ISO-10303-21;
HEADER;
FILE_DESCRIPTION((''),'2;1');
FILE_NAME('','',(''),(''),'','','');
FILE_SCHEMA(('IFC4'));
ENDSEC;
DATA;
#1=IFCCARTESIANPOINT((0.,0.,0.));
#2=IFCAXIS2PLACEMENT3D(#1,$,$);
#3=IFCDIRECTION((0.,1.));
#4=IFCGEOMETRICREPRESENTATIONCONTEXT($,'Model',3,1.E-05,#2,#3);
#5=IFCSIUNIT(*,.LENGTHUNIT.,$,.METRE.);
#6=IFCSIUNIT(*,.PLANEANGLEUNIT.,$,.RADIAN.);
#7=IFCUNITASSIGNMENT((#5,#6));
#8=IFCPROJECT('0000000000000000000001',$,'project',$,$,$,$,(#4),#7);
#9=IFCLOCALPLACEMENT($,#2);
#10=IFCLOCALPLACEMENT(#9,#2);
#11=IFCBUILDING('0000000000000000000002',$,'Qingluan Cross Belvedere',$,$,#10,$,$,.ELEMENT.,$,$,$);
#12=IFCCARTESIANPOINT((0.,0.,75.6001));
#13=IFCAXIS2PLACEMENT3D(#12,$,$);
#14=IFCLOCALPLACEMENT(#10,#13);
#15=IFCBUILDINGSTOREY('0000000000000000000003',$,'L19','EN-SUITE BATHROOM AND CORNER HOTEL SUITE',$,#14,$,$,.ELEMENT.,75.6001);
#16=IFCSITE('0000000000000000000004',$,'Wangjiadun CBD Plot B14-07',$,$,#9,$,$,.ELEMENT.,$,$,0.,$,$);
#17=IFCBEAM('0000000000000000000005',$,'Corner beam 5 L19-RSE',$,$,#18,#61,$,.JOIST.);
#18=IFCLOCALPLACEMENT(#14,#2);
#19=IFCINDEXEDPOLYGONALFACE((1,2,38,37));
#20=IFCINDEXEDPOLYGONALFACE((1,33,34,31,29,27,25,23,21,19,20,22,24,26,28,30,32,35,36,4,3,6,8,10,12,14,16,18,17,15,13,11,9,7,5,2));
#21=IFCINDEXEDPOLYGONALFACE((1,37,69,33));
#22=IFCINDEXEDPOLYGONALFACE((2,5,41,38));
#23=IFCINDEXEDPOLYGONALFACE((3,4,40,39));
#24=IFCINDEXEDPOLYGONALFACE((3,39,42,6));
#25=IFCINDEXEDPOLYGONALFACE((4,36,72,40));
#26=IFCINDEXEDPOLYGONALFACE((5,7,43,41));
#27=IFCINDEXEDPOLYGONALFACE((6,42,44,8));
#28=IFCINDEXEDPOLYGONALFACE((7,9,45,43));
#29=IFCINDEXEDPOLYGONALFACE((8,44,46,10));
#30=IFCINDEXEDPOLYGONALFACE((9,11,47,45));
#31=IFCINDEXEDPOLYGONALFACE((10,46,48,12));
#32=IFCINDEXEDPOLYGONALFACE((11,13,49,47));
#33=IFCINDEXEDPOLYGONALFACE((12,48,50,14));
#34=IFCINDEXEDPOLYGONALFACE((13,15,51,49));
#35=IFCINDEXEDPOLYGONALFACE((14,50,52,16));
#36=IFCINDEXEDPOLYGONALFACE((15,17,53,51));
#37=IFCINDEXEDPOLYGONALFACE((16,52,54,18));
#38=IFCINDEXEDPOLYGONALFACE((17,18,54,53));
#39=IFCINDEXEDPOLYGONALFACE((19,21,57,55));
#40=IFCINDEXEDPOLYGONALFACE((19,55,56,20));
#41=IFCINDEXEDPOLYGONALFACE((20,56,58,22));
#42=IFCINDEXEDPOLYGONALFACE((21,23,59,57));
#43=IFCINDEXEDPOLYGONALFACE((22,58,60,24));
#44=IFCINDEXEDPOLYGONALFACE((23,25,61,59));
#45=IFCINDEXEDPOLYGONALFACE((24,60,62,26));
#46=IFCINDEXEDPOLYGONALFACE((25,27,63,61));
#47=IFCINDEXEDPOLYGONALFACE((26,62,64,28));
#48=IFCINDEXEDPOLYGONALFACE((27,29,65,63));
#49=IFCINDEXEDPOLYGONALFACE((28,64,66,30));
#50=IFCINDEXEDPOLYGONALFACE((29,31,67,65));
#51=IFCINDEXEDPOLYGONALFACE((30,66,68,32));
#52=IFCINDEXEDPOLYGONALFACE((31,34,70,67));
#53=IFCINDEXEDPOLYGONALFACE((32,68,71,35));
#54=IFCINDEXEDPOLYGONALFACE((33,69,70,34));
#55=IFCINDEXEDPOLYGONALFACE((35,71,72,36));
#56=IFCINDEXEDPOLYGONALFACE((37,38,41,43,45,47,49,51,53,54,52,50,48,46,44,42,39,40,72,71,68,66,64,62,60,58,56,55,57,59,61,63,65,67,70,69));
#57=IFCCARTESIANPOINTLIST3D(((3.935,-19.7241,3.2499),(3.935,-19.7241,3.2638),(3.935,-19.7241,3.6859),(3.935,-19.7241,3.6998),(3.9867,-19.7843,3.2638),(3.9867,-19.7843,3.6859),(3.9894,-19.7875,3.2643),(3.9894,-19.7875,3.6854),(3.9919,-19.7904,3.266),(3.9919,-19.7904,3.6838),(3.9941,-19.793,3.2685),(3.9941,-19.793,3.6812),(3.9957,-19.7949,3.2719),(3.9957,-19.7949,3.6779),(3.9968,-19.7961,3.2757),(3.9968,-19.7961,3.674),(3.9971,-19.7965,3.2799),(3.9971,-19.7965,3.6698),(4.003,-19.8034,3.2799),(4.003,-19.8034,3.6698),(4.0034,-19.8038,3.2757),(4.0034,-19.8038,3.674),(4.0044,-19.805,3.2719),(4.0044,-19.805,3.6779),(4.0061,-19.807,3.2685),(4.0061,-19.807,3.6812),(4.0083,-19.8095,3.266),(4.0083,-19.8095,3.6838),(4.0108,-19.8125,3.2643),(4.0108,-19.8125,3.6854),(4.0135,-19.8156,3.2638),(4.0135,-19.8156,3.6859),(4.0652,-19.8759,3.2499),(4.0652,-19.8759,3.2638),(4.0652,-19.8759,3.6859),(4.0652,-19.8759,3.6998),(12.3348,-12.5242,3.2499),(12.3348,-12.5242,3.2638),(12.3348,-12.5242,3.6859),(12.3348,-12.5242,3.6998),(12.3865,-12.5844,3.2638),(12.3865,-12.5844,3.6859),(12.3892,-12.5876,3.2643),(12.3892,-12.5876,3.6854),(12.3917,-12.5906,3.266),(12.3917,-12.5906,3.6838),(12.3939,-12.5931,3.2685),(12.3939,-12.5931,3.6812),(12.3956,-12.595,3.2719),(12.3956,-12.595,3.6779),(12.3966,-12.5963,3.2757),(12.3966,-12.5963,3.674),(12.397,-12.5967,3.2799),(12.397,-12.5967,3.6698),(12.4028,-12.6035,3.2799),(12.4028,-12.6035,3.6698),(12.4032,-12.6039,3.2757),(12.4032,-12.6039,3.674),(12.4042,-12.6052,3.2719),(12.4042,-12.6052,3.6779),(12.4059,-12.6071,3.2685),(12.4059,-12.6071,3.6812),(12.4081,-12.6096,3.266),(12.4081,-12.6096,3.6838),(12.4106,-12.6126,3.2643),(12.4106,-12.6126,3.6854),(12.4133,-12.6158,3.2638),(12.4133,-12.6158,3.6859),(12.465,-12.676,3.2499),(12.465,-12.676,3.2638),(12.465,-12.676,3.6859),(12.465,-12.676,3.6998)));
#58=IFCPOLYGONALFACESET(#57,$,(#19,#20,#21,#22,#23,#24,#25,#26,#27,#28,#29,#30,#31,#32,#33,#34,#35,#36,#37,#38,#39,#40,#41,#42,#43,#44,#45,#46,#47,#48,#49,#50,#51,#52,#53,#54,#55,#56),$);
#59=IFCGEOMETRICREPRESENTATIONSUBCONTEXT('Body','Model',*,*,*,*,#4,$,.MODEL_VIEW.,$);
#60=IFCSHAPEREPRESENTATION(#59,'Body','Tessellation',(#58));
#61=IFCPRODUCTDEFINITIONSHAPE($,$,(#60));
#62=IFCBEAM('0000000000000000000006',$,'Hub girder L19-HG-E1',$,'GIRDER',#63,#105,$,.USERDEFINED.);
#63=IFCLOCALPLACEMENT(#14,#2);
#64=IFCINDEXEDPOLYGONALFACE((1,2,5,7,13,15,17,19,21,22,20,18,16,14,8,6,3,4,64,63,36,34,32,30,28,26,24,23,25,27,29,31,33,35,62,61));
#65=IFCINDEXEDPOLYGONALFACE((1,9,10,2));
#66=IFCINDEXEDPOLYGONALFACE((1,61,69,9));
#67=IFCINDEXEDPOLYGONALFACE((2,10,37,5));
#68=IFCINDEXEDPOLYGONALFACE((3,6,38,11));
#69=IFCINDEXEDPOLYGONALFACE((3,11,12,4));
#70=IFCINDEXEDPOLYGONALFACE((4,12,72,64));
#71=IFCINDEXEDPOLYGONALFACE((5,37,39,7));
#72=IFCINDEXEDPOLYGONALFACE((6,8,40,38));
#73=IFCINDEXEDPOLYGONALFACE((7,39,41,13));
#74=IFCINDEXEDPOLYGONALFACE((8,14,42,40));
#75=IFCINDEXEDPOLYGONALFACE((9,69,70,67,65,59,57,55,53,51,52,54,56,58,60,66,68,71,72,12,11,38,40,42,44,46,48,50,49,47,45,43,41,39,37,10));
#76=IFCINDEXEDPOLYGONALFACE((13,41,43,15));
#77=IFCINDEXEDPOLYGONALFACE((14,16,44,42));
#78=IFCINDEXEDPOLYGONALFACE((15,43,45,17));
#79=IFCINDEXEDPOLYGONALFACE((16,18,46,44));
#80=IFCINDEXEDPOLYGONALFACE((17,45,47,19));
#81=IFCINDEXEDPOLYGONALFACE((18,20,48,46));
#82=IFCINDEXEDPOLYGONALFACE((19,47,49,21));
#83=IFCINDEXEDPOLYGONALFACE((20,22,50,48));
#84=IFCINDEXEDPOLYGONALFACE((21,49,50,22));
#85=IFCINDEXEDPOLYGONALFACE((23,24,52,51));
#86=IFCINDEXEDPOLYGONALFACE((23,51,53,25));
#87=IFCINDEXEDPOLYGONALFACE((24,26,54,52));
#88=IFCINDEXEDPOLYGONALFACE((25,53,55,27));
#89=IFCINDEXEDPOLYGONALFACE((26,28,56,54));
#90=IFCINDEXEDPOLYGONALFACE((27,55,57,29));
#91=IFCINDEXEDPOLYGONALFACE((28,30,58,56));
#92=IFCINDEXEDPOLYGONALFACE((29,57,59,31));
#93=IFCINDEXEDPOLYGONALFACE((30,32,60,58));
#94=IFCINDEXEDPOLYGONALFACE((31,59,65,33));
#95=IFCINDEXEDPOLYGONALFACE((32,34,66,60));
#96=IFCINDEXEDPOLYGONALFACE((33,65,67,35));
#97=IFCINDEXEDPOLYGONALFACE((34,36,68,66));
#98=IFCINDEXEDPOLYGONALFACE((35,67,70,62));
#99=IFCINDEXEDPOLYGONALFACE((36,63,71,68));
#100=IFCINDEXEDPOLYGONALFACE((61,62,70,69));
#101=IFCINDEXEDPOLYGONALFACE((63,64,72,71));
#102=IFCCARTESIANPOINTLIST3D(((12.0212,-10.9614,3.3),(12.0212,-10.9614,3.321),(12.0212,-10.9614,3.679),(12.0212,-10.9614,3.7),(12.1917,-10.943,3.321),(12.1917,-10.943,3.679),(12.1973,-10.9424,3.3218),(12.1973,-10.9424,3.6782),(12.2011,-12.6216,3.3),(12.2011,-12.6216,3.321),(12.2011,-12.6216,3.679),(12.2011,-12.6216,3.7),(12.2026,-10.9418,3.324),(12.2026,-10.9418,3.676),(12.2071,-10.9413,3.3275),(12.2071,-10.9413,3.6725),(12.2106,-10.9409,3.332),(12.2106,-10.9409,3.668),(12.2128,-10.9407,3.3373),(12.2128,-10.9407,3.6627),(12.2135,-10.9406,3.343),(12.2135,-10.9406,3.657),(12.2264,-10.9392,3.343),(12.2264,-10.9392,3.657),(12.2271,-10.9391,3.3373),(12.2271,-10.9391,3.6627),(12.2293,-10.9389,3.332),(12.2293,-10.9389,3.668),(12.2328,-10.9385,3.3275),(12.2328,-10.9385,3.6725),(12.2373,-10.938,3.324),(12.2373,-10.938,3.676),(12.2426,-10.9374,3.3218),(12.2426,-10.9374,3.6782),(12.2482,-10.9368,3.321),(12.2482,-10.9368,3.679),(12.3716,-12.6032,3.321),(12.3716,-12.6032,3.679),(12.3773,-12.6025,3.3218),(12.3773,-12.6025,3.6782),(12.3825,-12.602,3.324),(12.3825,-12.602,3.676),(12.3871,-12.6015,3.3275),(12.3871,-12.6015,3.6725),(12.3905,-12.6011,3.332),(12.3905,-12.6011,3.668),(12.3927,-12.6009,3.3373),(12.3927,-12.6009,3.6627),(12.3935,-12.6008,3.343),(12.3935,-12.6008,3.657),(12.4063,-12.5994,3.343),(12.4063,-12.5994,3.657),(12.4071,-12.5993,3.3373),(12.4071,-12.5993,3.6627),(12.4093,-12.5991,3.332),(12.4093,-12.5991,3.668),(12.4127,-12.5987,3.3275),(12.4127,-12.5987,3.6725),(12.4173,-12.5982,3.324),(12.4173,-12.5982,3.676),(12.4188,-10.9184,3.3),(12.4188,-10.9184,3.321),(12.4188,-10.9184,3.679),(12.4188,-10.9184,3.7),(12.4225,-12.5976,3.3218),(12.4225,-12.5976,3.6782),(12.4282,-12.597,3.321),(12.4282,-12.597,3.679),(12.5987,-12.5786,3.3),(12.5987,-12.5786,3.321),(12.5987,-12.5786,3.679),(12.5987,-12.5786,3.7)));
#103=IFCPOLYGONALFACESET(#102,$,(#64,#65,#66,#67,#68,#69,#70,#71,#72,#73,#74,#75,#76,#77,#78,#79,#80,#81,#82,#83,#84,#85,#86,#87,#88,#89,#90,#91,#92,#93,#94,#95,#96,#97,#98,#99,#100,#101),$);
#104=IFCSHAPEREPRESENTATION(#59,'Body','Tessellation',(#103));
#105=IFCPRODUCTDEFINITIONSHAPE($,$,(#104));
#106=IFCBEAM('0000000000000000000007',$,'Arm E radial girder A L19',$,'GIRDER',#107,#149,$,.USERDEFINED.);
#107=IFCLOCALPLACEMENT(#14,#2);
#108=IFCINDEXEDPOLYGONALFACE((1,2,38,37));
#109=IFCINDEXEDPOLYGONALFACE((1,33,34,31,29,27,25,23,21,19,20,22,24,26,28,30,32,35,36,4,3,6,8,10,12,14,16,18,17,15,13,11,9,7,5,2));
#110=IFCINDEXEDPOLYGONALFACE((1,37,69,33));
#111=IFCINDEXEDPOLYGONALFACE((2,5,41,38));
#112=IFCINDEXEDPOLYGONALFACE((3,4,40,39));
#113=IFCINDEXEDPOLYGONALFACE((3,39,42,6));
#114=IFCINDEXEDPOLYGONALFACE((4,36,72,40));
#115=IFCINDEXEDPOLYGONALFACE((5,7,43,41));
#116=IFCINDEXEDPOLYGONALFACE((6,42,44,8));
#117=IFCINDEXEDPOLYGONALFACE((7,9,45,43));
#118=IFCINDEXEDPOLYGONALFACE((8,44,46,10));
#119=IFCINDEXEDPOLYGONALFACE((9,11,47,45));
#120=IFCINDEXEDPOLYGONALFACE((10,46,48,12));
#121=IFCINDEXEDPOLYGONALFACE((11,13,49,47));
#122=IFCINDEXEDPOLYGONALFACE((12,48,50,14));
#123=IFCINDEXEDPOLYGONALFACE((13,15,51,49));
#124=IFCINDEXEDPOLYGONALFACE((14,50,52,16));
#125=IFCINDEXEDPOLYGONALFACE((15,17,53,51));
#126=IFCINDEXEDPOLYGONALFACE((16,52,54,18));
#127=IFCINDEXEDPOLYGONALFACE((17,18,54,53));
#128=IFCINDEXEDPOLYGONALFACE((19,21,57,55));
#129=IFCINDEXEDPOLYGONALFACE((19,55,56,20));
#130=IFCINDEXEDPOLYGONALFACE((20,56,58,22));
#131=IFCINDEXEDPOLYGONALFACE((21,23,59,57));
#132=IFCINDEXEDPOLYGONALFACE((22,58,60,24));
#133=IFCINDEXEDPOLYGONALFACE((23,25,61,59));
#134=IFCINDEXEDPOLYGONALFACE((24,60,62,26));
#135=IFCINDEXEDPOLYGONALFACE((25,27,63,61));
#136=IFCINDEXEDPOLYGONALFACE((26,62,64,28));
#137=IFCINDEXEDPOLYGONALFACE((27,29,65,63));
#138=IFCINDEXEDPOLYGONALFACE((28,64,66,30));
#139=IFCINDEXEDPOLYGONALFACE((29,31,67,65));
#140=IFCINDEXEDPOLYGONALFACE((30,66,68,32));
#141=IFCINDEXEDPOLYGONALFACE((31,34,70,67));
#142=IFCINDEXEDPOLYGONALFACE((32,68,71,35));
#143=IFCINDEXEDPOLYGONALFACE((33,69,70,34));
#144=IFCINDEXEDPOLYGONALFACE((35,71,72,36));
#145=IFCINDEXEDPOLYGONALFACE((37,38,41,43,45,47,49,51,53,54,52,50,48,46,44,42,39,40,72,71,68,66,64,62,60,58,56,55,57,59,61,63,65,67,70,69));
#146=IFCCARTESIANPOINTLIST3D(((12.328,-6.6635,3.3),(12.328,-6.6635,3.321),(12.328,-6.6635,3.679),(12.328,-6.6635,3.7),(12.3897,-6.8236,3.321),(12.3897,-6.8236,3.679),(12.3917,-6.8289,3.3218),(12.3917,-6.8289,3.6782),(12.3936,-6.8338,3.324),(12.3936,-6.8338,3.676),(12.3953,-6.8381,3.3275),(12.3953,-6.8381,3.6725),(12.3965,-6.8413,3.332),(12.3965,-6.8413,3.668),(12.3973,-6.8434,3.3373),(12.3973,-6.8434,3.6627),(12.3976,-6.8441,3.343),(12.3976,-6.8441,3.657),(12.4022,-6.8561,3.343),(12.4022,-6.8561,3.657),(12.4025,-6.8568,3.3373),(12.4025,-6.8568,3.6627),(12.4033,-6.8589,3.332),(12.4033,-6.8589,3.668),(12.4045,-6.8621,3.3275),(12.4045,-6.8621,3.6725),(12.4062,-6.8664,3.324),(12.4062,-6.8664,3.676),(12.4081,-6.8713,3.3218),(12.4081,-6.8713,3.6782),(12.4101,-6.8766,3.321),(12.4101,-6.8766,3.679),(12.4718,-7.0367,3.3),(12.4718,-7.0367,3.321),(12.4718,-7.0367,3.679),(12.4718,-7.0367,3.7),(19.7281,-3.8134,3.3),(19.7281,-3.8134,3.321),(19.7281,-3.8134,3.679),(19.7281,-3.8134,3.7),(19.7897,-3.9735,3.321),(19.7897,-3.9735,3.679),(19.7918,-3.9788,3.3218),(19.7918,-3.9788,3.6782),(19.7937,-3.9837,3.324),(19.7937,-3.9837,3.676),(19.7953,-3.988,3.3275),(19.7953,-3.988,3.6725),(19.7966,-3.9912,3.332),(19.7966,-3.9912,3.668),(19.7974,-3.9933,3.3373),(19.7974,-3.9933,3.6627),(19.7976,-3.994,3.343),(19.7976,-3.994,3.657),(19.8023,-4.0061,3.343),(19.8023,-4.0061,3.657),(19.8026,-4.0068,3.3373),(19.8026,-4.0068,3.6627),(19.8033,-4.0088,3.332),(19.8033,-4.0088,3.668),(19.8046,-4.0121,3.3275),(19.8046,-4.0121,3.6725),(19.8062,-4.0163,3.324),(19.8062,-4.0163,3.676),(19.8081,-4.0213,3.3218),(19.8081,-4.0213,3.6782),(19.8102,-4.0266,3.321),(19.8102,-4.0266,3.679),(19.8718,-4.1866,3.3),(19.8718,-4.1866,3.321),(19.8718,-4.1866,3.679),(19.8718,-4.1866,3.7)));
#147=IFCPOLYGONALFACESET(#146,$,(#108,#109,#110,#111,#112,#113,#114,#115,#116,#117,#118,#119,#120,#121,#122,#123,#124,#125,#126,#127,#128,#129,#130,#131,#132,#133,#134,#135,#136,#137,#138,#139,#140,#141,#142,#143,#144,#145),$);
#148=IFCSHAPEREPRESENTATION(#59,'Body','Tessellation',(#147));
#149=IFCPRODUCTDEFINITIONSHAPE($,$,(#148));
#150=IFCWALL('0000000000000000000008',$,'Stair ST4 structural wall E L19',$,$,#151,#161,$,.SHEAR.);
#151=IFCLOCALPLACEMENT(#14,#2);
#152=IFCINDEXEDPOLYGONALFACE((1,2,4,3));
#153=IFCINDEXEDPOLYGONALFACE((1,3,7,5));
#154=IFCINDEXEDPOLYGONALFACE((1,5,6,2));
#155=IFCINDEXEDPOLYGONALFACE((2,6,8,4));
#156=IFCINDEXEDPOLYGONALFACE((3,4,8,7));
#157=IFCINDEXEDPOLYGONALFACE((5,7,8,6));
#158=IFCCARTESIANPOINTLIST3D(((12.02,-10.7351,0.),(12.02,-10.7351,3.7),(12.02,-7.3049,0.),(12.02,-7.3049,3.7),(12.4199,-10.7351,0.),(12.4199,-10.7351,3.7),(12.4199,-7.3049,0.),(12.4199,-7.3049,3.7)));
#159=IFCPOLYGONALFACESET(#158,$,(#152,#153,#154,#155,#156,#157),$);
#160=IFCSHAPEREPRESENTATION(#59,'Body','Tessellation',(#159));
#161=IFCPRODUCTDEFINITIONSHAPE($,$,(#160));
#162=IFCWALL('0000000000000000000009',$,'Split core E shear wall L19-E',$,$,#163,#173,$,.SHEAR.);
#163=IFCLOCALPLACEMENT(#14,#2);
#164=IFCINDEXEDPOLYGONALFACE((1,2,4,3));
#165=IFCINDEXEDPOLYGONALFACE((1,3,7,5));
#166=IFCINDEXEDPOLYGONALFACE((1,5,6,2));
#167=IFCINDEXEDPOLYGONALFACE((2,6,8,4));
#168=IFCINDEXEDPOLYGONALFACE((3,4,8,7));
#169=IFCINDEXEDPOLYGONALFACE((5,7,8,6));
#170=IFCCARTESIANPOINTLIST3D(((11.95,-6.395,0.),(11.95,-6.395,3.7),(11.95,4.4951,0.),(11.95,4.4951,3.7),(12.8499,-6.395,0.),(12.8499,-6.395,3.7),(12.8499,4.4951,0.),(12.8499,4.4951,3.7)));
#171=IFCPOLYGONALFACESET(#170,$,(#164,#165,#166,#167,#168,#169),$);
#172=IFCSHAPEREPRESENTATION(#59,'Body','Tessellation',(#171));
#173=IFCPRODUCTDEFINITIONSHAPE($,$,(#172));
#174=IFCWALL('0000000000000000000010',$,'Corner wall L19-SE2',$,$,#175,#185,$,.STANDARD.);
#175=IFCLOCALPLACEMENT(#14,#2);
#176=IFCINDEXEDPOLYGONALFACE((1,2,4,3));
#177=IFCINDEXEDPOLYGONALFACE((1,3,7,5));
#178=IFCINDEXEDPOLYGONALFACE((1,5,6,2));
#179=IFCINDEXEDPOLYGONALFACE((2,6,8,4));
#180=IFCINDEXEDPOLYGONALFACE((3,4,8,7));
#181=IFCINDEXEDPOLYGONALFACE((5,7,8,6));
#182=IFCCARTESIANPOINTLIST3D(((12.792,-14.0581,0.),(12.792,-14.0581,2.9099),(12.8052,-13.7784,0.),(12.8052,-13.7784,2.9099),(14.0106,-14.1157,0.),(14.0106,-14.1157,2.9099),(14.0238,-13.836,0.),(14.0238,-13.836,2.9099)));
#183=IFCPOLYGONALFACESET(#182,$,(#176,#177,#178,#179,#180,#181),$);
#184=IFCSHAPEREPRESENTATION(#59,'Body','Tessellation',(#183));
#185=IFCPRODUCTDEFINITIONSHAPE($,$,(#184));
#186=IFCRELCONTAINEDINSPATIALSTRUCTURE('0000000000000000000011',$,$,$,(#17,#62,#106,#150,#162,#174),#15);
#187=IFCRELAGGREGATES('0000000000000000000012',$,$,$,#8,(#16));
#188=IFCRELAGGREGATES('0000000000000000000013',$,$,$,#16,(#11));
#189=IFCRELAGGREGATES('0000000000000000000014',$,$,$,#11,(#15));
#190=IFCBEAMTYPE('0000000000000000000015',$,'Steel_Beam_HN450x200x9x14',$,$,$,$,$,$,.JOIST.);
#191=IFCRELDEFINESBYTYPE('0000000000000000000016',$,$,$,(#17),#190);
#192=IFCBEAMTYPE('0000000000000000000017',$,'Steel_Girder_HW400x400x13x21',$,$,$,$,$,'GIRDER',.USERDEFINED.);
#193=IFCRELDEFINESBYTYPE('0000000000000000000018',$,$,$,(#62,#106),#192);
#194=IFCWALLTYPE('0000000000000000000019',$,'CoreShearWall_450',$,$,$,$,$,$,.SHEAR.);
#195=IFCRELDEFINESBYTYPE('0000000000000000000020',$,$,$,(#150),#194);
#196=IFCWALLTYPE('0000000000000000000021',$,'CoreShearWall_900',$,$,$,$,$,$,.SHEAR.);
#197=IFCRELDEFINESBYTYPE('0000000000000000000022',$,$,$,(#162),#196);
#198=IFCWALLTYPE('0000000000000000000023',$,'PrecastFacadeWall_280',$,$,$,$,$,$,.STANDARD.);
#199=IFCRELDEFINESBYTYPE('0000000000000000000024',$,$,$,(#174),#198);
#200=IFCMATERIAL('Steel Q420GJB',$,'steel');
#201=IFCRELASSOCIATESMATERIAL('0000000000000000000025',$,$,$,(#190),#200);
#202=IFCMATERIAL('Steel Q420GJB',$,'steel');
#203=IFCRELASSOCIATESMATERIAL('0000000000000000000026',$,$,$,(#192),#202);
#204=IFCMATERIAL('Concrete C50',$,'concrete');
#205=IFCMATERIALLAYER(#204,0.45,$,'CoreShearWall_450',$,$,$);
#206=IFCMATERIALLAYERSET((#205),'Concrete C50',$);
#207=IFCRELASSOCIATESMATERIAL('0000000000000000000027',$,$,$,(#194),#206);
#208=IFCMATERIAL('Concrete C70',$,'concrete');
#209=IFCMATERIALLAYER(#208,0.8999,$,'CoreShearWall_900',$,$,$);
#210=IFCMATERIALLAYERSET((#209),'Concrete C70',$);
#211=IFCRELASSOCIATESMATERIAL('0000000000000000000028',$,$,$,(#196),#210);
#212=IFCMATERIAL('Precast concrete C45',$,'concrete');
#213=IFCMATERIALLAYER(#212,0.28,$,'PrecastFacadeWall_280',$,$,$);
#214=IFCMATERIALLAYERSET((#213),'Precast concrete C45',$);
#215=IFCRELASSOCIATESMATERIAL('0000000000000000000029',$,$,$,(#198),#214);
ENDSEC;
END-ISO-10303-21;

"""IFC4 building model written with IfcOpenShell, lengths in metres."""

from ifc_helpers import new_model, si_unit, direction, frame, frame_2d, origin, origin_2d, place, context, subcontext, project, spatial, rectangle, i_section, extrude, material, layer, layer_set, material_profile, profile_set, type_object, element, save


model = new_model("IFC4")

# Units and contexts
model_context = context("Model", 3, precision=1e-05, world=origin(), true_north=direction((0.0, 1.0)))
body_context = subcontext(model_context, "Body", "Model", "MODEL_VIEW")
ifc_project = project(units=[si_unit("LENGTHUNIT", "METRE"), si_unit("PLANEANGLEUNIT", "RADIAN")], contexts=[model_context])

# Site, building, storey
site_placement = place(None, origin())
site = spatial("IfcSite", under=ifc_project, at=site_placement, Name="Wangjiadun CBD Plot B14-07", CompositionType="ELEMENT", RefElevation=0.0)
building_placement = place(site_placement, origin())
building = spatial("IfcBuilding", under=site, at=building_placement, Name="Qingluan Cross Belvedere", CompositionType="ELEMENT")
storey_placement = place(building_placement, frame((0.0, 0.0, 75.6001)))
storey = spatial("IfcBuildingStorey", under=building, at=storey_placement, Name="L19", Description="EN-SUITE BATHROOM AND CORNER HOTEL SUITE", CompositionType="ELEMENT", Elevation=75.6001)

# Beams
ifc_material_1 = material(Name="Steel Q420GJB", Category="steel")
ifc_material_profile_1 = material_profile(ifc_material_1, i_section(OverallWidth=0.2, OverallDepth=0.45, WebThickness=0.009, FlangeThickness=0.0139, FilletRadius=0.0161, at=origin_2d()), Name="HN450x200x9x14")
ifc_profile_set_1 = profile_set([ifc_material_profile_1], Name="Steel Q420GJB")
beam_type_1 = type_object("IfcBeamType", Name="Steel_Beam_HN450x200x9x14", PredefinedType="JOIST", material=ifc_profile_set_1)
beam_1_placement = place(storey_placement, frame((12.3999, -12.6001, 3.4749), z_axis=(-0.759255, -0.650793, 0.0), x_axis=(0.650793, -0.759255, 0.0)))
element("IfcBeam", 1, at=beam_1_placement, inside=storey, type_object=beam_type_1, Name="Corner beam 5 L19-RSE", PredefinedType="JOIST", context=body_context, shape_type="SweptSolid", body=[
    extrude(i_section(OverallWidth=0.2, OverallDepth=0.45, WebThickness=0.009, FlangeThickness=0.0139, FilletRadius=0.0161, at=origin_2d()), origin(), (0.0, 0.0, 1.0), 11.0632),
])
ifc_material_2 = material(Name="Steel Q420GJB", Category="steel")
ifc_material_profile_2 = material_profile(ifc_material_2, i_section(OverallWidth=0.3999, OverallDepth=0.3999, WebThickness=0.0129, FlangeThickness=0.021, FilletRadius=0.022, at=origin_2d()), Name="HW400x400x13x21")
ifc_profile_set_2 = profile_set([ifc_material_profile_2], Name="Steel Q420GJB")
beam_type_2 = type_object("IfcBeamType", Name="Steel_Girder_HW400x400x13x21", ElementType="GIRDER", PredefinedType="USERDEFINED", material=ifc_profile_set_2)
beam_2_placement = place(storey_placement, frame((12.3999, -12.6001, 3.5), z_axis=(-0.107751, 0.994178, 0.0), x_axis=(-0.994178, -0.107751, 0.0)))
element("IfcBeam", 2, at=beam_2_placement, inside=storey, type_object=beam_type_2, Name="Hub girder L19-HG-E1", ObjectType="GIRDER", PredefinedType="USERDEFINED", context=body_context, shape_type="SweptSolid", body=[
    extrude(i_section(OverallWidth=0.3999, OverallDepth=0.3999, WebThickness=0.0129, FlangeThickness=0.021, FilletRadius=0.022, at=origin_2d()), origin(), (0.0, 0.0, 1.0), 1.6699),
])
beam_3_placement = place(storey_placement, frame((12.3999, -6.8501, 3.5), z_axis=(0.933181, 0.359406, 0.0), x_axis=(-0.359406, 0.933181, 0.0)))
element("IfcBeam", 3, at=beam_3_placement, inside=storey, type_object=beam_type_2, Name="Arm E radial girder A L19", ObjectType="GIRDER", PredefinedType="USERDEFINED", context=body_context, shape_type="SweptSolid", body=[
    extrude(i_section(OverallWidth=0.3999, OverallDepth=0.3999, WebThickness=0.0129, FlangeThickness=0.021, FilletRadius=0.022, at=origin_2d()), origin(), (0.0, 0.0, 1.0), 7.9299),
])

# Walls
ifc_material_3 = material(Name="Concrete C50", Category="concrete")
ifc_layer_1 = layer(ifc_material_3, 0.45, Name="CoreShearWall_450")
ifc_layer_set_1 = layer_set([ifc_layer_1], Name="Concrete C50")
wall_type_1 = type_object("IfcWallType", Name="CoreShearWall_450", PredefinedType="SHEAR", material=ifc_layer_set_1)
wall_1_placement = place(storey_placement, frame((12.22, -10.7351, 0.0), z_axis=(0.0, 0.0, 1.0), x_axis=(0.0, 1.0, 0.0)))
element("IfcWall", 4, at=wall_1_placement, inside=storey, type_object=wall_type_1, Name="Stair ST4 structural wall E L19", PredefinedType="SHEAR", context=body_context, shape_type="SweptSolid", body=[
    extrude(rectangle(XDim=3.4302, YDim=0.3999, at=frame_2d((1.7151, 0.0))), origin(), (0.0, 0.0, 1.0), 3.7),
])
ifc_material_4 = material(Name="Concrete C70", Category="concrete")
ifc_layer_2 = layer(ifc_material_4, 0.8999, Name="CoreShearWall_900")
ifc_layer_set_2 = layer_set([ifc_layer_2], Name="Concrete C70")
wall_type_2 = type_object("IfcWallType", Name="CoreShearWall_900", PredefinedType="SHEAR", material=ifc_layer_set_2)
wall_2_placement = place(storey_placement, frame((12.3999, -6.395, 0.0), z_axis=(0.0, 0.0, 1.0), x_axis=(0.0, 1.0, 0.0)))
element("IfcWall", 5, at=wall_2_placement, inside=storey, type_object=wall_type_2, Name="Split core E shear wall L19-E", PredefinedType="SHEAR", context=body_context, shape_type="SweptSolid", body=[
    extrude(rectangle(XDim=10.8901, YDim=0.8999, at=frame_2d((5.4451, 0.0))), origin(), (0.0, 0.0, 1.0), 3.7),
])
ifc_material_5 = material(Name="Precast concrete C45", Category="concrete")
ifc_layer_3 = layer(ifc_material_5, 0.28, Name="PrecastFacadeWall_280")
ifc_layer_set_3 = layer_set([ifc_layer_3], Name="Precast concrete C45")
wall_type_3 = type_object("IfcWallType", Name="PrecastFacadeWall_280", PredefinedType="STANDARD", material=ifc_layer_set_3)
wall_3_placement = place(storey_placement, frame((14.0171, -13.9758, 0.0), z_axis=(0.0, 0.0, 1.0), x_axis=(-0.998884, 0.047232, 0.0)))
element("IfcWall", 6, at=wall_3_placement, inside=storey, type_object=wall_type_3, Name="Corner wall L19-SE2", PredefinedType="STANDARD", context=body_context, shape_type="SweptSolid", body=[
    extrude(rectangle(XDim=1.22, YDim=0.28, at=frame_2d((0.6099, 0.0))), origin(), (0.0, 0.0, 1.0), 2.9099),
])

save(model, "model.ifc")
